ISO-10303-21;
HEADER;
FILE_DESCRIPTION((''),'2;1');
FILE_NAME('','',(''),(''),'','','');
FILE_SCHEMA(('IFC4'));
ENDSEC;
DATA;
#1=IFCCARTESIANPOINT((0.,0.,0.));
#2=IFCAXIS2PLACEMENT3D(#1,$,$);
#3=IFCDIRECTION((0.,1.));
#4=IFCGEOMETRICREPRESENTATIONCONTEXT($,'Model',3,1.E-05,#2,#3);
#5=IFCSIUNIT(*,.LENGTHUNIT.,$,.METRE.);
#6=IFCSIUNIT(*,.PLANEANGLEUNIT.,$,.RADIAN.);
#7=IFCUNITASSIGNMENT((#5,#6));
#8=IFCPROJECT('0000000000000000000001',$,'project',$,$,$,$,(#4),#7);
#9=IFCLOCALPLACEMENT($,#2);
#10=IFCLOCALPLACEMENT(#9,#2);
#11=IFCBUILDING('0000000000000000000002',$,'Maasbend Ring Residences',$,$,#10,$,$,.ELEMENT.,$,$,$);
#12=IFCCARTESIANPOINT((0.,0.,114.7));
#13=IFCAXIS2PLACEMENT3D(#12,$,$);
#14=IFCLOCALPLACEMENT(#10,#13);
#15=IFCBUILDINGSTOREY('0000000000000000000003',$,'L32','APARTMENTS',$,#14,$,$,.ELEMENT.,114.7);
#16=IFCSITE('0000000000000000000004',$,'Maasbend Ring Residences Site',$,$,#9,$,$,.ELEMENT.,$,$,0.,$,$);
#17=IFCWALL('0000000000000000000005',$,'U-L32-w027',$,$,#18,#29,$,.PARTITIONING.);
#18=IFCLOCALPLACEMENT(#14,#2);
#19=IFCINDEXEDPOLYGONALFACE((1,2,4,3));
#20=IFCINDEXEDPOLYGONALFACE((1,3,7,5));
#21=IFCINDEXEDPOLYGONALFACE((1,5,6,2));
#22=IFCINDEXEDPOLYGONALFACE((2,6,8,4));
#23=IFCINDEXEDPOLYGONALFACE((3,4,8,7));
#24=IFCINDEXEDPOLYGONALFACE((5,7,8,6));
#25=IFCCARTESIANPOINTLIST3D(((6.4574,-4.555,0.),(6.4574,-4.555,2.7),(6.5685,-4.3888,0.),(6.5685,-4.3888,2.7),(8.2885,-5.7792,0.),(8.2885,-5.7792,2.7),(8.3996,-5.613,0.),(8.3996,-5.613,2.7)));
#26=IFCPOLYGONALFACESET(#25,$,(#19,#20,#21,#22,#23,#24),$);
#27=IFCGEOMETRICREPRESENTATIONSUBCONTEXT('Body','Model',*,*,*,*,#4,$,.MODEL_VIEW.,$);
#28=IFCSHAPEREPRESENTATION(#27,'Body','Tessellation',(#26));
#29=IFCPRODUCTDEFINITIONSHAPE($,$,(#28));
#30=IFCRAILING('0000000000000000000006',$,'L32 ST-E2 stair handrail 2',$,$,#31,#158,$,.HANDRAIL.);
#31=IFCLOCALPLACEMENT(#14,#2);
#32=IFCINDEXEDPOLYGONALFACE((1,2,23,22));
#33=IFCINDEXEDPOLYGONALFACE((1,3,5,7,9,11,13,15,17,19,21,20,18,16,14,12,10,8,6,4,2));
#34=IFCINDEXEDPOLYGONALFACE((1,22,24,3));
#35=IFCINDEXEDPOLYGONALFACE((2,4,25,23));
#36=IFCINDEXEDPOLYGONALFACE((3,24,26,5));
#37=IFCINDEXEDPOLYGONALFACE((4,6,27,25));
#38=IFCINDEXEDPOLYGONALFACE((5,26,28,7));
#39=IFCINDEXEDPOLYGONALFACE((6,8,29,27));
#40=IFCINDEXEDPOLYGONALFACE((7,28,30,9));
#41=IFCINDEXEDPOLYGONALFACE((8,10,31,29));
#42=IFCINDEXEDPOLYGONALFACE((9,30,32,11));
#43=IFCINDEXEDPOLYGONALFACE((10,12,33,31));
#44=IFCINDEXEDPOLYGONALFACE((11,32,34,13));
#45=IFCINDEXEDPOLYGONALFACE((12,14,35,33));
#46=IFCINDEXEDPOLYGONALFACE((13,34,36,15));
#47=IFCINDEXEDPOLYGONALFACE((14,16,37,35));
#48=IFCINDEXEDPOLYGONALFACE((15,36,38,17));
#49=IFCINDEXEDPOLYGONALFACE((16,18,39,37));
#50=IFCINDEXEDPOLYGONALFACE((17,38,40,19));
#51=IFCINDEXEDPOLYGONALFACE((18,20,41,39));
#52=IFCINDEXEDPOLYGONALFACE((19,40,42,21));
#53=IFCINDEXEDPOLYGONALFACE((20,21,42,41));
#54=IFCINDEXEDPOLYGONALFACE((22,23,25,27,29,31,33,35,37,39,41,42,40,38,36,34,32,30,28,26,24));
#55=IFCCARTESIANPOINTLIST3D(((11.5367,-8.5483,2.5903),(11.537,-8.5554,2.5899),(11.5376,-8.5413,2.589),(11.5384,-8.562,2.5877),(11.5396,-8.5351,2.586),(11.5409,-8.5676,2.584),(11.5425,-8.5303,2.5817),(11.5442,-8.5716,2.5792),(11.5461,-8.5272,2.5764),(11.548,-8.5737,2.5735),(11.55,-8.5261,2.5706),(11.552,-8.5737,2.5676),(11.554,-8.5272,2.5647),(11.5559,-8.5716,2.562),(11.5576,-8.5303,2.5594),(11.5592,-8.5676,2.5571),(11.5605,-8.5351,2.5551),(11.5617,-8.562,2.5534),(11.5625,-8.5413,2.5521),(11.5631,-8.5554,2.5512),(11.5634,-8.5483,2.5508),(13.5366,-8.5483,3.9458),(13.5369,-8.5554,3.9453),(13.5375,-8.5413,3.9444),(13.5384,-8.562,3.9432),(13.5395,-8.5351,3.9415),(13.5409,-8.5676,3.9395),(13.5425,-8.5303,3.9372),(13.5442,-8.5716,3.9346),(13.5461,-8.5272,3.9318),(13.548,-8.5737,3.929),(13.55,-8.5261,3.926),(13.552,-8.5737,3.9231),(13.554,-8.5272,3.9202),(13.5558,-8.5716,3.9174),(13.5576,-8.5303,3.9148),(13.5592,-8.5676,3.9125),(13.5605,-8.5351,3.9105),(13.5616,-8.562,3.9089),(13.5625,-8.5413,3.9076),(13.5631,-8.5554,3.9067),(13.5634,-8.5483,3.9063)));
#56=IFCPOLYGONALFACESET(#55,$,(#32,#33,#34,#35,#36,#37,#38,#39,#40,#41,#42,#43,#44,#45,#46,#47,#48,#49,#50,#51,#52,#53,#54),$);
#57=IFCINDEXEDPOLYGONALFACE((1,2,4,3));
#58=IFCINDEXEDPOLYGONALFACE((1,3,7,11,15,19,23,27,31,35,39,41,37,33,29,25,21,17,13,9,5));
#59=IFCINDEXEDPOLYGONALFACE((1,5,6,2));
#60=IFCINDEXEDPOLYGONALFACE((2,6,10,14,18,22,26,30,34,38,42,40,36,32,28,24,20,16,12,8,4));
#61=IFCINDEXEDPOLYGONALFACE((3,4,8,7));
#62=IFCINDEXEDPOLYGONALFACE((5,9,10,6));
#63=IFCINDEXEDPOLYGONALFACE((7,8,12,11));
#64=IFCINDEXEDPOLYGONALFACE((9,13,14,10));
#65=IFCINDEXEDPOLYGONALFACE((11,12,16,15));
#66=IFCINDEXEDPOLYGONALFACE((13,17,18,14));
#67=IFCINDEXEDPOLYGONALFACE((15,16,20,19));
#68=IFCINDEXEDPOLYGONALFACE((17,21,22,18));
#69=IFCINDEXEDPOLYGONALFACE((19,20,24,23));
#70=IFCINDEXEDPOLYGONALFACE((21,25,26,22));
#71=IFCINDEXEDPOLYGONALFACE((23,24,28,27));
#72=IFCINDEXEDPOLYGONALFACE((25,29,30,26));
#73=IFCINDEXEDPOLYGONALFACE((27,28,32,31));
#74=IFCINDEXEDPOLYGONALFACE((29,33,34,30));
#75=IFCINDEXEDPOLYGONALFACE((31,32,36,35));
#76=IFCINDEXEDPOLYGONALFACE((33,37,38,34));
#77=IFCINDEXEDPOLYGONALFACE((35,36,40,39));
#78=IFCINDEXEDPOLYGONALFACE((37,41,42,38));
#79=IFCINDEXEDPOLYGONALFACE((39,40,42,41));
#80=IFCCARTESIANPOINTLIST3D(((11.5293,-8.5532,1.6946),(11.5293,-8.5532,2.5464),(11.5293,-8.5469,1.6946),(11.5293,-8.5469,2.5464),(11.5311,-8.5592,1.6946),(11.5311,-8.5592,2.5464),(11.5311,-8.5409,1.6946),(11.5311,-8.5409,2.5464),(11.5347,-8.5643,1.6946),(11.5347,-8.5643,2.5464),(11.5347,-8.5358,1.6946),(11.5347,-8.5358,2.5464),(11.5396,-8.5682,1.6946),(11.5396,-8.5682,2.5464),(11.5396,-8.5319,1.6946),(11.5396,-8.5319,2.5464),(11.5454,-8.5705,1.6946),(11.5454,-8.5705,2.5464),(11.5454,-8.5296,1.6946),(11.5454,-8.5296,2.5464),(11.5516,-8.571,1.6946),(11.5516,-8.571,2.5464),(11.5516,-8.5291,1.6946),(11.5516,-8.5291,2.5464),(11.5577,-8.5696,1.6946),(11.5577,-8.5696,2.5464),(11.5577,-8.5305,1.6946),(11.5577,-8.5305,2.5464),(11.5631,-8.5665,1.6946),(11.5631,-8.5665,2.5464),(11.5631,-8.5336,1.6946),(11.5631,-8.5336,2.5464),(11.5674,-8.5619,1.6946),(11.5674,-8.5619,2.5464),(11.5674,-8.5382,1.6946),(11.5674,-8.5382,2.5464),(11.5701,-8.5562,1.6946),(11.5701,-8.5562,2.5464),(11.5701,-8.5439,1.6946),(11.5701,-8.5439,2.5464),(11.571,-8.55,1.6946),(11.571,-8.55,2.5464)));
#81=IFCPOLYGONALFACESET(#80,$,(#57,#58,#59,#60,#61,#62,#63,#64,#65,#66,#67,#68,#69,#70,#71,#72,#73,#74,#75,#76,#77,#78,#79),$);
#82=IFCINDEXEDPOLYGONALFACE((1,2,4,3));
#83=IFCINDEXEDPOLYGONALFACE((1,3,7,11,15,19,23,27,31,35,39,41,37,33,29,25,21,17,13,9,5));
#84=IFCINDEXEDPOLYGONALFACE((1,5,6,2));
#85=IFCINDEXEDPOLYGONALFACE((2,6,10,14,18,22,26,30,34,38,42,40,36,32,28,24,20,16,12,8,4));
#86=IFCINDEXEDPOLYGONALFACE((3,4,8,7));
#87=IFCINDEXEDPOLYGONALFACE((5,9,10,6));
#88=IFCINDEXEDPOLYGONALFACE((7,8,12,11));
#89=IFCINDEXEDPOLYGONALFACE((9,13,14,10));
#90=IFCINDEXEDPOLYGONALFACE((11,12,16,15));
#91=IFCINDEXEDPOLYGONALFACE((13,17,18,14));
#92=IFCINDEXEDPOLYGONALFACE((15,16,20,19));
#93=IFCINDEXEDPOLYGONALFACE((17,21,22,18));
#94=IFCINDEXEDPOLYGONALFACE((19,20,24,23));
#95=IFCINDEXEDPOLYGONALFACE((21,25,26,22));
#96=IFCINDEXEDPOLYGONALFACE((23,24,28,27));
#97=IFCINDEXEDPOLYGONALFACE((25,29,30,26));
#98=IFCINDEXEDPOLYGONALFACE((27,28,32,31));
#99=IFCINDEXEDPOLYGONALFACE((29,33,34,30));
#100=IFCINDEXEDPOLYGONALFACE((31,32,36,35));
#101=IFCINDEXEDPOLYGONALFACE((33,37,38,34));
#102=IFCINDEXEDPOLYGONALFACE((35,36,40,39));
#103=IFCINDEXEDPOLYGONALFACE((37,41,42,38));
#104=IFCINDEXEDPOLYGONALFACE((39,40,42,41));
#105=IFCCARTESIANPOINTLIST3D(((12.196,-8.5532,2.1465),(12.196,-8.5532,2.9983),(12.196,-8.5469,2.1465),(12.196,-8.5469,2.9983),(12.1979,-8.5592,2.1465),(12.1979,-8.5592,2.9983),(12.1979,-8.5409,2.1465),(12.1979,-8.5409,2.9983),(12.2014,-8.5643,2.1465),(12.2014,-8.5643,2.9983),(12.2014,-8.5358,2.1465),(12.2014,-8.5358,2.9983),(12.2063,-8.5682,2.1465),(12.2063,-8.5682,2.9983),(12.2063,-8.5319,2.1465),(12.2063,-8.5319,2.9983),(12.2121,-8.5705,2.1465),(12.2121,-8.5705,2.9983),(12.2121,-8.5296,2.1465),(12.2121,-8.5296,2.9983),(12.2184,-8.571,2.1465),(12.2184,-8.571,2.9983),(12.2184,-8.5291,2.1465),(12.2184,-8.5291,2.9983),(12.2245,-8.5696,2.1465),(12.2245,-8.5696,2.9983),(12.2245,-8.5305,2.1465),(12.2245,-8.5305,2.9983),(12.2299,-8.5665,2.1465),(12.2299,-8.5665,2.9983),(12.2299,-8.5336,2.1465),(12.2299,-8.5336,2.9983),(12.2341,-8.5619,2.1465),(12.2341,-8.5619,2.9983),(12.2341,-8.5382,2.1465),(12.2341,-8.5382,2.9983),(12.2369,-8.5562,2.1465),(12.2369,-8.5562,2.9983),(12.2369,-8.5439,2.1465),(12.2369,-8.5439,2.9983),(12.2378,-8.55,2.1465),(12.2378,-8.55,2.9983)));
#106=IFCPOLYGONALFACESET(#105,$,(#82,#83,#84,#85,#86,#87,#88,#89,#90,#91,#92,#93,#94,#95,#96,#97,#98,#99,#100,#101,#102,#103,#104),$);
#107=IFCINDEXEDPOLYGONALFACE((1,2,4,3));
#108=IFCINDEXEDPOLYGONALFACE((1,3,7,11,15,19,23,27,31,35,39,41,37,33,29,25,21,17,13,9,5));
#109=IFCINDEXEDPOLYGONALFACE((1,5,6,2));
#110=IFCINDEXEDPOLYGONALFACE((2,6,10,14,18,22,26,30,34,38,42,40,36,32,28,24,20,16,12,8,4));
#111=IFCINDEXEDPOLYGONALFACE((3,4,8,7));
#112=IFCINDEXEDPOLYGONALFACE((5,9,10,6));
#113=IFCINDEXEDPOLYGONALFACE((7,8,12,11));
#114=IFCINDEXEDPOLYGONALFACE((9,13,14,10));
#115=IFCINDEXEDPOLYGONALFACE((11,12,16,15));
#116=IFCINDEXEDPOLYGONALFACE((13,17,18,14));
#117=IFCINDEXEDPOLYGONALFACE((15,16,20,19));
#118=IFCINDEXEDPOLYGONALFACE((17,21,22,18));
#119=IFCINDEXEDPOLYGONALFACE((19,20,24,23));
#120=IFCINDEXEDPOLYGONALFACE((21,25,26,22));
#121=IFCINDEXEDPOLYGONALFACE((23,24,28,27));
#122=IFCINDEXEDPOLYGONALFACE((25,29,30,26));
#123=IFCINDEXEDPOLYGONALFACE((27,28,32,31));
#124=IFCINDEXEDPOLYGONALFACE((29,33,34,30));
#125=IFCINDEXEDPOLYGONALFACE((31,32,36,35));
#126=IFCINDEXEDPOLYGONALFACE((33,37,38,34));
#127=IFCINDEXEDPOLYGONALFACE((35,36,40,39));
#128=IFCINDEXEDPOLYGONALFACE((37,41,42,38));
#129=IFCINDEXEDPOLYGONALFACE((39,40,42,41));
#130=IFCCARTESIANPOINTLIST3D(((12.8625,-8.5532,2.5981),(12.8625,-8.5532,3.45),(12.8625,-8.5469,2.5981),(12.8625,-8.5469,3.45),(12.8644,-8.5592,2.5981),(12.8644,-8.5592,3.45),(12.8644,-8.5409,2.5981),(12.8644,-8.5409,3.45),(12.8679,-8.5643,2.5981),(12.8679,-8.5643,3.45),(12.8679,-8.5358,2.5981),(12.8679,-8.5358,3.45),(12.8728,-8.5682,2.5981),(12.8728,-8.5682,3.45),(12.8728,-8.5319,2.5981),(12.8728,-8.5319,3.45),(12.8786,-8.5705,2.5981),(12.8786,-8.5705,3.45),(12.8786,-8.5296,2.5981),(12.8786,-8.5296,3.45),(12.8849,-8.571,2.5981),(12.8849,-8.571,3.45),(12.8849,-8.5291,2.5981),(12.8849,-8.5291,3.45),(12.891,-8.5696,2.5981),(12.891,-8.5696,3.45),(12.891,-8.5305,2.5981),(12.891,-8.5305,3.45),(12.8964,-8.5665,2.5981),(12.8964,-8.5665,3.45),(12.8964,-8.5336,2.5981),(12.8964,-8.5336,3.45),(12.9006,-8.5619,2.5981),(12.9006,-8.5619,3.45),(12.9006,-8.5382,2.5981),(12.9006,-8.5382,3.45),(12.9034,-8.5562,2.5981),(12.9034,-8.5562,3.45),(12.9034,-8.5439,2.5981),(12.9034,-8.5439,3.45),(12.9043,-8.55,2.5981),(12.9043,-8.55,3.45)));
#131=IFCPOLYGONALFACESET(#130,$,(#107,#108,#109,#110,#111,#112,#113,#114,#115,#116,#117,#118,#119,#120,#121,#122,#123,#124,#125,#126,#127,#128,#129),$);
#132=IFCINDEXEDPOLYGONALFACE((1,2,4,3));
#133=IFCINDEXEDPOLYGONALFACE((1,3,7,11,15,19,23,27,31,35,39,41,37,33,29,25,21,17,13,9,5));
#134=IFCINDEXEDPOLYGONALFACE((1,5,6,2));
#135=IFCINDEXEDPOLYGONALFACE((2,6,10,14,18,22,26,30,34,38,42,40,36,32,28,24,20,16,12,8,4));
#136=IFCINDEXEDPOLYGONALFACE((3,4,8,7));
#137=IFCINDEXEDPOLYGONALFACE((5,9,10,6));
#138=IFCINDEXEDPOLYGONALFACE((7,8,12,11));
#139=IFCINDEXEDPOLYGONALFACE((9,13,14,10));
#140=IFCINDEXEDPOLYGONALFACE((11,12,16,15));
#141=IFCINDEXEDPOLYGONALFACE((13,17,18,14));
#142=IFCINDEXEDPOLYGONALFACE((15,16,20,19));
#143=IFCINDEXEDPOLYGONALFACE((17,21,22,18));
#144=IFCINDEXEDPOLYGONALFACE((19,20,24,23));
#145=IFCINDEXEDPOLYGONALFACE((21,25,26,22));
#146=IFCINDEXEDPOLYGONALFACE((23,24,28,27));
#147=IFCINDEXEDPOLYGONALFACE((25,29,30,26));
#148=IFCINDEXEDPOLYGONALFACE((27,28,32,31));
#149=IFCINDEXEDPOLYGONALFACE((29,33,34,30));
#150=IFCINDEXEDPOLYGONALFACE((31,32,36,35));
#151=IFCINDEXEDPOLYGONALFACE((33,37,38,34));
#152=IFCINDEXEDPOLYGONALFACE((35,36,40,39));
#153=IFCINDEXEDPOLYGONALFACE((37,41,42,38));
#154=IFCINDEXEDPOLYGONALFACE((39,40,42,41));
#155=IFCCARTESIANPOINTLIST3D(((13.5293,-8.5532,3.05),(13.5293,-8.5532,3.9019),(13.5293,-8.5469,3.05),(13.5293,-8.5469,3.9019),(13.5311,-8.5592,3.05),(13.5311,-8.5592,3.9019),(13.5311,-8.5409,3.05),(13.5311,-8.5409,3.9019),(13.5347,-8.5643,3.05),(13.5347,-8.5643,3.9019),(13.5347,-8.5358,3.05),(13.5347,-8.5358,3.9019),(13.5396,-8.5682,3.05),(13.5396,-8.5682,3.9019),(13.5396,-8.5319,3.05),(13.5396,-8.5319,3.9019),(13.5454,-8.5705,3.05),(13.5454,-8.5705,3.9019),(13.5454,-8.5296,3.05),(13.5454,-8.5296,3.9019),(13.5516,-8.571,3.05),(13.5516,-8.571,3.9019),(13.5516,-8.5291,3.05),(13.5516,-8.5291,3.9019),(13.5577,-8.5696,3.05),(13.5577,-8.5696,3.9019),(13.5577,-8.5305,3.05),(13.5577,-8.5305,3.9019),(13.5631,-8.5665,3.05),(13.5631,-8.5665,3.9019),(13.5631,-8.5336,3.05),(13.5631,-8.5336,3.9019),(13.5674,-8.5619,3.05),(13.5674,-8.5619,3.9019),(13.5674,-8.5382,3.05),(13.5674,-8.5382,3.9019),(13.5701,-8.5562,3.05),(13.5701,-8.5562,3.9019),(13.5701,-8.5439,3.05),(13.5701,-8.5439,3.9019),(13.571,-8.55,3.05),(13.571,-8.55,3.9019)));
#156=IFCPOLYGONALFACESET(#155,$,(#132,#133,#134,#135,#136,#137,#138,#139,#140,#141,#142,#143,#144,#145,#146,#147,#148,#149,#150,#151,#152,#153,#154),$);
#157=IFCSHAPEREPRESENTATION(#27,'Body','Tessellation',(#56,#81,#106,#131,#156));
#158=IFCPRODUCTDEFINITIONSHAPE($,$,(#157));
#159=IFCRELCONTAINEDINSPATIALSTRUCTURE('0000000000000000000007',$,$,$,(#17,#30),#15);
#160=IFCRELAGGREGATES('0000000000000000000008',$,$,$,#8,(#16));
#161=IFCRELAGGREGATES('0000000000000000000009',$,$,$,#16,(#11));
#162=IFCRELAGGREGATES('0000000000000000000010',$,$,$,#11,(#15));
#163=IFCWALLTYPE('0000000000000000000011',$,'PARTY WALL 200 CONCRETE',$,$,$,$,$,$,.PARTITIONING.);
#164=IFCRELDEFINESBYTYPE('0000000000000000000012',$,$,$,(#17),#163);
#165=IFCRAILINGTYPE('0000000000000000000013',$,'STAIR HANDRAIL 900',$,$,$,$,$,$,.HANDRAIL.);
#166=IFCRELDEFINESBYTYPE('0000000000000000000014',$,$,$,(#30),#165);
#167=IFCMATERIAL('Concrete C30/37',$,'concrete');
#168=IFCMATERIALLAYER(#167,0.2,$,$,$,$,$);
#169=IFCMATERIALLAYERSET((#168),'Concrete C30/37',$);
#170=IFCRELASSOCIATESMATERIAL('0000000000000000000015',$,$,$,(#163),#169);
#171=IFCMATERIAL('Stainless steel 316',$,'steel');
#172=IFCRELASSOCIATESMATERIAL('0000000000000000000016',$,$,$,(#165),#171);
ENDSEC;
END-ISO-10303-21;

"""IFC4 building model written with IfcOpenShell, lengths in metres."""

from ifc_helpers import new_model, si_unit, direction, frame, frame_2d, origin, origin_2d, place, context, subcontext, project, spatial, rectangle, circle, extrude, material, layer, layer_set, type_object, element, save


model = new_model("IFC4")

# Units and contexts
model_context = context("Model", 3, precision=1e-05, world=origin(), true_north=direction((0.0, 1.0)))
body_context = subcontext(model_context, "Body", "Model", "MODEL_VIEW")
ifc_project = project(units=[si_unit("LENGTHUNIT", "METRE"), si_unit("PLANEANGLEUNIT", "RADIAN")], contexts=[model_context])

# Site, building, storey
site_placement = place(None, origin())
site = spatial("IfcSite", under=ifc_project, at=site_placement, Name="Maasbend Ring Residences Site", CompositionType="ELEMENT", RefElevation=0.0)
building_placement = place(site_placement, origin())
building = spatial("IfcBuilding", under=site, at=building_placement, Name="Maasbend Ring Residences", CompositionType="ELEMENT")
storey_placement = place(building_placement, frame((0.0, 0.0, 114.7)))
storey = spatial("IfcBuildingStorey", under=building, at=storey_placement, Name="L32", Description="APARTMENTS", CompositionType="ELEMENT", Elevation=114.7)

# Wall
ifc_material_1 = material(Name="Concrete C30/37", Category="concrete")
ifc_layer_1 = layer(ifc_material_1, 0.2)
ifc_layer_set_1 = layer_set([ifc_layer_1], Name="Concrete C30/37")
wall_type_1 = type_object("IfcWallType", Name="PARTY WALL 200 CONCRETE", PredefinedType="PARTITIONING", material=ifc_layer_set_1)
wall_1_placement = place(storey_placement, frame((6.5129, -4.4719, 0.0), z_axis=(0.0, 0.0, 1.0), x_axis=(0.831333, -0.555774, 0.0)))
element("IfcWall", 1, at=wall_1_placement, inside=storey, type_object=wall_type_1, Name="U-L32-w027", PredefinedType="PARTITIONING", context=body_context, shape_type="SweptSolid", body=[
    extrude(rectangle(XDim=2.2026, YDim=0.2, at=frame_2d((1.1013, 0.0))), origin(), (0.0, 0.0, 1.0), 2.7),
])

# Railing
ifc_material_2 = material(Name="Stainless steel 316", Category="steel")
railing_type = type_object("IfcRailingType", Name="STAIR HANDRAIL 900", PredefinedType="HANDRAIL", material=ifc_material_2)
railing_placement = place(storey_placement, frame((11.55, -8.55, 1.6946)))
element("IfcRailing", 2, at=railing_placement, inside=storey, type_object=railing_type, Name="L32 ST-E2 stair handrail 2", PredefinedType="HANDRAIL", context=body_context, shape_type="SweptSolid", body=[
    extrude(circle(Radius=0.0239, at=origin_2d()), frame((0.0, 0.0, 0.876), z_axis=(0.827798, 0.0, 0.561027), x_axis=(0.0, 1.0, 0.0)), (0.0, 0.0, 1.0), 2.416),
    extrude(circle(Radius=0.021, at=origin_2d()), origin(), (0.0, 0.0, 1.0), 0.8518),
    extrude(circle(Radius=0.021, at=origin_2d()), frame((0.6667, 0.0, 0.4519)), (0.0, 0.0, 1.0), 0.8518),
    extrude(circle(Radius=0.021, at=origin_2d()), frame((1.3333, 0.0, 0.9036)), (0.0, 0.0, 1.0), 0.8518),
    extrude(circle(Radius=0.021, at=origin_2d()), frame((2.0, 0.0, 1.3555)), (0.0, 0.0, 1.0), 0.8518),
])

save(model, "model.ifc")
